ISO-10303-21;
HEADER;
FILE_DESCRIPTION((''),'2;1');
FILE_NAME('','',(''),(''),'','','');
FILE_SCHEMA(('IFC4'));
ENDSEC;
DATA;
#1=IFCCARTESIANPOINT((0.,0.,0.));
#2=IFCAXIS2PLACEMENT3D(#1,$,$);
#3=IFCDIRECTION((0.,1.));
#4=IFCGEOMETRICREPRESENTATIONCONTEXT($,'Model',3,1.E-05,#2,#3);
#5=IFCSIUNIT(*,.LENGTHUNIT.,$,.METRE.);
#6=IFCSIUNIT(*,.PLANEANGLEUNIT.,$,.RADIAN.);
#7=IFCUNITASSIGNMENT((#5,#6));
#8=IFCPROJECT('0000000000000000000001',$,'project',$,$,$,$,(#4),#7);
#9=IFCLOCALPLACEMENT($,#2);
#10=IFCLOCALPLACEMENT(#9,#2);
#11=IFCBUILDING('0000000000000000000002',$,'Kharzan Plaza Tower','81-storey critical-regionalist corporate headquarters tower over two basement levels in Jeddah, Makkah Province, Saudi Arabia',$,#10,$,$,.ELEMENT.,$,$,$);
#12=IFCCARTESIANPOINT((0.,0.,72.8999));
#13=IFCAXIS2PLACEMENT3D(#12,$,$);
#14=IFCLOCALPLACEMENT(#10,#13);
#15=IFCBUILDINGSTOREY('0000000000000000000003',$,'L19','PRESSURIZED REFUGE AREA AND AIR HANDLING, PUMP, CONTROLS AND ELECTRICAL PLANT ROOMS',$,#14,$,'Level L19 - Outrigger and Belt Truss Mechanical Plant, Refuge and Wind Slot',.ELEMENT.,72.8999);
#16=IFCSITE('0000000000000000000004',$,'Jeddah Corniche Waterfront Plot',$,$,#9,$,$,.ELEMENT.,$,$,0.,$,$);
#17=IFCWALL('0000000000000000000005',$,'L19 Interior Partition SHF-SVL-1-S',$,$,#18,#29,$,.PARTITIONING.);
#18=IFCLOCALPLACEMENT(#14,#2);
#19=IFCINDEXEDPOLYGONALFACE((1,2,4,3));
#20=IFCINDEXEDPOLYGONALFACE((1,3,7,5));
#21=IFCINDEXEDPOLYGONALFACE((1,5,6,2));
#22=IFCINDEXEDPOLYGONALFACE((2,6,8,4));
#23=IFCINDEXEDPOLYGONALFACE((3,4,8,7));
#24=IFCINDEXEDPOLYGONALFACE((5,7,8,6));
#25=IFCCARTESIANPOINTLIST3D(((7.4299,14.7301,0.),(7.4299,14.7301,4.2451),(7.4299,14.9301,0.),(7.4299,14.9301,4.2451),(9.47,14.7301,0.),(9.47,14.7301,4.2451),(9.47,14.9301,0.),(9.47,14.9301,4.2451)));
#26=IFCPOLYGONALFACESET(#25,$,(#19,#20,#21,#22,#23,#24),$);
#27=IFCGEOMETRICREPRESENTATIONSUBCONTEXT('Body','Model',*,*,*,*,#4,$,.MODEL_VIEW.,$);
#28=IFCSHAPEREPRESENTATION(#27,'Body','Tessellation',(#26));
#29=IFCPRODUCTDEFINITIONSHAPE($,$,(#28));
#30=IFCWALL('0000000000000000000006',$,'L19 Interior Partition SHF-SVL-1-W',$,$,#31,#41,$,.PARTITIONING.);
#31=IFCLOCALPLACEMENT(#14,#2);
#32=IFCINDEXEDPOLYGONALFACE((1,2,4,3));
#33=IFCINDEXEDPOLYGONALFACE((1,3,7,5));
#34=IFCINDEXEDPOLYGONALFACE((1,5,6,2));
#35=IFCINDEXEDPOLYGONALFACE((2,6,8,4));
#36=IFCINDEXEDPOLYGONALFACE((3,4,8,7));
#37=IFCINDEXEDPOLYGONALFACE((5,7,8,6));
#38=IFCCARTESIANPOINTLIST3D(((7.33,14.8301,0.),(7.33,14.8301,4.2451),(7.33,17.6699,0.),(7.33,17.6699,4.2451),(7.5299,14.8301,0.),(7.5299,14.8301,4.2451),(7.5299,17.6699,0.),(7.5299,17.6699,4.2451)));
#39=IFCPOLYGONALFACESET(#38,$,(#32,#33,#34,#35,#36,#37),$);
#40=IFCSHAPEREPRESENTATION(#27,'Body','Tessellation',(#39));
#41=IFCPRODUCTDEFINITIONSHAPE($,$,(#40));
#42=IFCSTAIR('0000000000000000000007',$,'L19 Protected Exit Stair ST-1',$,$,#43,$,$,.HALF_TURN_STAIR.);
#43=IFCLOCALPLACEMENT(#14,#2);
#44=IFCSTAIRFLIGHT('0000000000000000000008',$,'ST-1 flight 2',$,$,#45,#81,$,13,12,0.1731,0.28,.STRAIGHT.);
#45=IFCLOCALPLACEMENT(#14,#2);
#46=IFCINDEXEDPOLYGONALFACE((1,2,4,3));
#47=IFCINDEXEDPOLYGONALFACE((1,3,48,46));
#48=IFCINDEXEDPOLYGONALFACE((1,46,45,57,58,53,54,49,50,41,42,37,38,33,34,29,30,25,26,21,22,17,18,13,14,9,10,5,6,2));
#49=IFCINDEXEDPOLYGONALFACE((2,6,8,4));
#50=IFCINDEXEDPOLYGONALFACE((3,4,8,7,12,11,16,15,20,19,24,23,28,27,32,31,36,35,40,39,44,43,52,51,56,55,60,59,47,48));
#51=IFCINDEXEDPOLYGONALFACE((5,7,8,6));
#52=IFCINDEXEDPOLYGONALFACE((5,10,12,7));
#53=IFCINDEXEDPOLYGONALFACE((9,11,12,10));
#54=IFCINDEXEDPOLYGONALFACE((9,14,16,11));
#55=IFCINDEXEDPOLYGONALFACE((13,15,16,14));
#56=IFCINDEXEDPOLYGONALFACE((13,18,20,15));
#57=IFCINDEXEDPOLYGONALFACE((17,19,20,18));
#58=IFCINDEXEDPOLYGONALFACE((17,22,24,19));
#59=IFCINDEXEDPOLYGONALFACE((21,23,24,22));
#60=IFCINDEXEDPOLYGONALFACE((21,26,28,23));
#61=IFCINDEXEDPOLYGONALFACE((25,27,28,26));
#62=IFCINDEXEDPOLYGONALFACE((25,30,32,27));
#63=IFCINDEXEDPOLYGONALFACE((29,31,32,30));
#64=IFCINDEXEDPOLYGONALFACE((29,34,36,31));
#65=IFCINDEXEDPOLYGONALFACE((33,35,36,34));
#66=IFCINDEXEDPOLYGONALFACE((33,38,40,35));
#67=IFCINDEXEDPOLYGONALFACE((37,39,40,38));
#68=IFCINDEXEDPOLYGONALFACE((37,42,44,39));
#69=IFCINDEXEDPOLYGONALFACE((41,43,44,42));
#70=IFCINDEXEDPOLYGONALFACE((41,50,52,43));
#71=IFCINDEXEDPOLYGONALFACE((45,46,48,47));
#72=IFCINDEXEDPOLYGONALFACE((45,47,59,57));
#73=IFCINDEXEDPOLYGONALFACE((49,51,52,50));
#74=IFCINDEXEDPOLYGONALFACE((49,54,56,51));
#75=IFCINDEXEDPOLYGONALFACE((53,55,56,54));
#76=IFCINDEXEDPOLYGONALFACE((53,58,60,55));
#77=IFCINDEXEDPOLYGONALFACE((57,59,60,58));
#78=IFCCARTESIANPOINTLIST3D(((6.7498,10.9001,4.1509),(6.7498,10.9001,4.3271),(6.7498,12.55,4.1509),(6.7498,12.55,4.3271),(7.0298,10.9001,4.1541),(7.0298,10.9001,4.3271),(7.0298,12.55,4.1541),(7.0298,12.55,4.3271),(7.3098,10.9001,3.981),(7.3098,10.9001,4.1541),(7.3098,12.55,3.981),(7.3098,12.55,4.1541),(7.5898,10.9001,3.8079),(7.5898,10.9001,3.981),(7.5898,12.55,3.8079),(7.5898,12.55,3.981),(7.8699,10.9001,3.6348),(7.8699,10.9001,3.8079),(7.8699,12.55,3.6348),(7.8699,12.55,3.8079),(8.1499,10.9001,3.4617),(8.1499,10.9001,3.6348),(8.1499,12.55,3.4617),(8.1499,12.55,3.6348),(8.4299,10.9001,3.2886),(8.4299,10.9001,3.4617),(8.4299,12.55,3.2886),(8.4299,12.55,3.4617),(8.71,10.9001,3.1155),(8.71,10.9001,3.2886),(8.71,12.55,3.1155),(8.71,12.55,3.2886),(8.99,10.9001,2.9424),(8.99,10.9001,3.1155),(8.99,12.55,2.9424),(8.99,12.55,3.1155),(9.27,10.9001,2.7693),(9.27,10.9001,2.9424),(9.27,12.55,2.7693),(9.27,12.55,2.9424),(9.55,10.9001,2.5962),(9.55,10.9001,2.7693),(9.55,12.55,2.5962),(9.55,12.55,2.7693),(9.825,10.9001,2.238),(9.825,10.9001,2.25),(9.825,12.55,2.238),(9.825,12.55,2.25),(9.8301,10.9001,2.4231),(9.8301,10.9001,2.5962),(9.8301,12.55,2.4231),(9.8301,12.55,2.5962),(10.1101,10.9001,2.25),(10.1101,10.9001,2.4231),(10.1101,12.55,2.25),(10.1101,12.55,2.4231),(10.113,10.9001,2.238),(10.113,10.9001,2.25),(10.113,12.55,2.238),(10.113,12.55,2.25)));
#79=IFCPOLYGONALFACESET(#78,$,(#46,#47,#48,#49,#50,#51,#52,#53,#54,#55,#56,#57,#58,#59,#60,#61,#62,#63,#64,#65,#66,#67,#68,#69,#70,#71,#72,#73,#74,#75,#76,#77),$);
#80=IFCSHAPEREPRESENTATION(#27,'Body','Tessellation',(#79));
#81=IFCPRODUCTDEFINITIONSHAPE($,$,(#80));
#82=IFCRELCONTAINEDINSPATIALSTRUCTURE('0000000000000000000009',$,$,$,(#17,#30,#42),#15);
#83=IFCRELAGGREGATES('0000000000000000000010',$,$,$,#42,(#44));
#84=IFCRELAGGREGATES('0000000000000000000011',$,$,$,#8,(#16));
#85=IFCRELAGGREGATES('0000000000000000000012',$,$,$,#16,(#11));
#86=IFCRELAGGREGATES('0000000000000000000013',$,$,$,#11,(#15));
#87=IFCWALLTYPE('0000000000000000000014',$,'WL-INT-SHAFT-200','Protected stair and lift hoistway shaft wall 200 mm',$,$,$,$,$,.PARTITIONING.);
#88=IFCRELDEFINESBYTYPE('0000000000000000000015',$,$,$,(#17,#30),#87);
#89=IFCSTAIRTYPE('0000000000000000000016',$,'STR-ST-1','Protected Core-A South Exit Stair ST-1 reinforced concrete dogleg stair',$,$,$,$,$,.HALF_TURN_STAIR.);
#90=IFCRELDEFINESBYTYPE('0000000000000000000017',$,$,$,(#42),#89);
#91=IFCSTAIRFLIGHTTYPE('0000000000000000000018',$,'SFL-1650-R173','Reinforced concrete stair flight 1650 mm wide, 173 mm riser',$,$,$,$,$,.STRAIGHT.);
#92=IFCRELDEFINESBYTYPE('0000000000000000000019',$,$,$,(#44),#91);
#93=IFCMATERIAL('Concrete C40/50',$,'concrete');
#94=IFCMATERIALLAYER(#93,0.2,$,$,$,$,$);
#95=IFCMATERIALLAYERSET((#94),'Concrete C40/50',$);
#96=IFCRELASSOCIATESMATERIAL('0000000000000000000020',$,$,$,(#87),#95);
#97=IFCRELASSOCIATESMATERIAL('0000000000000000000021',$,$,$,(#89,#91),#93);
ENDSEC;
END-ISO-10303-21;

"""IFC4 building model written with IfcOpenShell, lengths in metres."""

from ifc_helpers import new_model, si_unit, direction, frame, frame_2d, origin, place, context, subcontext, project, spatial, polyline, rectangle, outline, extrude, source, transform, mapped, material, layer, layer_set, type_object, element, aggregate, save


model = new_model("IFC4")

# Units and contexts
model_context = context("Model", 3, precision=1e-05, world=origin(), true_north=direction((0.0, 1.0)))
body_context = subcontext(model_context, "Body", "Model", "MODEL_VIEW")
ifc_project = project(units=[si_unit("LENGTHUNIT", "METRE"), si_unit("PLANEANGLEUNIT", "RADIAN")], contexts=[model_context])

# Site, building, storey
site_placement = place(None, origin())
site = spatial("IfcSite", under=ifc_project, at=site_placement, Name="Jeddah Corniche Waterfront Plot", CompositionType="ELEMENT", RefElevation=0.0)
building_placement = place(site_placement, origin())
building = spatial("IfcBuilding", under=site, at=building_placement, Name="Kharzan Plaza Tower", Description="81-storey critical-regionalist corporate headquarters tower over two basement levels in Jeddah, Makkah Province, Saudi Arabia", CompositionType="ELEMENT")
storey_placement = place(building_placement, frame((0.0, 0.0, 72.8999)))
storey = spatial("IfcBuildingStorey", under=building, at=storey_placement, Name="L19", Description="PRESSURIZED REFUGE AREA AND AIR HANDLING, PUMP, CONTROLS AND ELECTRICAL PLANT ROOMS", LongName="Level L19 - Outrigger and Belt Truss Mechanical Plant, Refuge and Wind Slot", CompositionType="ELEMENT", Elevation=72.8999)

# Shared definitions
ifc_material_1 = material(Name="Concrete C40/50", Category="concrete")
ifc_layer_1 = layer(ifc_material_1, 0.2)
ifc_layer_set_1 = layer_set([ifc_layer_1], Name="Concrete C40/50")
wall_type_1 = type_object("IfcWallType", Name="WL-INT-SHAFT-200", Description="Protected stair and lift hoistway shaft wall 200 mm", PredefinedType="PARTITIONING", material=ifc_layer_set_1)

# Walls
shared_shape_1 = source(origin(), body_context, "Body", "SweptSolid", [
    extrude(rectangle(XDim=2.04, YDim=0.2, at=frame_2d((1.02, 0.0))), origin(), (0.0, 0.0, 1.0), 4.2451),
])
for number, where, z_axis, x_axis, name in (
    (1, (7.4299, 14.8301, 0.0), (0.0, 0.0, 1.0), (1.0, 0.0, 0.0), "L19 Interior Partition SHF-SVL-1-S"),
):
    element("IfcWall", number, at=place(storey_placement, frame(where, z_axis=z_axis, x_axis=x_axis)), inside=storey, type_object=wall_type_1, Name=name, PredefinedType="PARTITIONING", context=body_context, shape_type="MappedRepresentation", body=[
        mapped(shared_shape_1, transform((0.0, 0.0, 0.0), x_axis=(1.0, 0.0, 0.0), y_axis=(0.0, 1.0, 0.0), z_axis=(0.0, 0.0, 1.0))),
    ])
shared_shape_2 = source(origin(), body_context, "Body", "SweptSolid", [
    extrude(rectangle(XDim=2.8398, YDim=0.2, at=frame_2d((1.4199, 0.0))), origin(), (0.0, 0.0, 1.0), 4.2451),
])
wall_1_placement = place(storey_placement, frame((7.4299, 14.8301, 0.0), z_axis=(0.0, 0.0, 1.0), x_axis=(0.0, 1.0, 0.0)))
element("IfcWall", 2, at=wall_1_placement, inside=storey, type_object=wall_type_1, Name="L19 Interior Partition SHF-SVL-1-W", PredefinedType="PARTITIONING", context=body_context, shape_type="MappedRepresentation", body=[
    mapped(shared_shape_2, transform((0.0, 0.0, 0.0), x_axis=(1.0, 0.0, 0.0), y_axis=(0.0, 1.0, 0.0), z_axis=(0.0, 0.0, 1.0))),
])

# Stair, stair flight
stair_type = type_object("IfcStairType", Name="STR-ST-1", Description="Protected Core-A South Exit Stair ST-1 reinforced concrete dogleg stair", PredefinedType="HALF_TURN_STAIR", material=ifc_material_1)
stair_placement = place(storey_placement, origin())
stair = element("IfcStair", 3, at=stair_placement, inside=storey, type_object=stair_type, Name="L19 Protected Exit Stair ST-1", PredefinedType="HALF_TURN_STAIR")
stair_flight_type = type_object("IfcStairFlightType", Name="SFL-1650-R173", Description="Reinforced concrete stair flight 1650 mm wide, 173 mm riser", PredefinedType="STRAIGHT", material=ifc_material_1)
shared_shape_3 = source(origin(), body_context, "Body", "SweptSolid", [
    extrude(outline(polyline([(-0.0029, -0.012), (-0.0029, 0.0), (0.0, 0.0), (0.0, 0.1731), (0.28, 0.1731), (0.28, 0.3462), (0.5601, 0.3462), (0.5601, 0.5193), (0.8401, 0.5193), (0.8401, 0.6924), (1.1201, 0.6924), (1.1201, 0.8655), (1.4001, 0.8655), (1.4001, 1.0386), (1.6802, 1.0386), (1.6802, 1.2117), (1.9602, 1.2117), (1.9602, 1.3848), (2.2402, 1.3848), (2.2402, 1.5579), (2.5203, 1.5579), (2.5203, 1.731), (2.8003, 1.731), (2.8003, 1.9041), (3.0803, 1.9041), (3.0803, 2.0771), (3.3604, 2.0771), (3.3604, 2.2502), (3.3604, 1.9009), (0.2852, 0.0), (0.2852, -0.012), (-0.0029, -0.012)])), frame((0.0, 0.825, 0.0), z_axis=(0.0, -1.0, 0.0), x_axis=(1.0, 0.0, 0.0)), (0.0, 0.0, 1.0), 1.6499),
])
stair_flight_placement = place(storey_placement, frame((10.1101, 11.7251, 2.25), z_axis=(0.0, 0.0, 1.0), x_axis=(-1.0, 0.0, 0.0)))
stair_flight = element("IfcStairFlight", 4, at=stair_flight_placement, type_object=stair_flight_type, Name="ST-1 flight 2", NumberOfRisers=13, NumberOfTreads=12, PredefinedType="STRAIGHT", RiserHeight=0.1731, TreadLength=0.28, context=body_context, shape_type="MappedRepresentation", body=[
    mapped(shared_shape_3, transform((0.0, 0.0, 0.0), x_axis=(1.0, 0.0, 0.0), y_axis=(0.0, 1.0, 0.0), z_axis=(0.0, 0.0, 1.0))),
])
aggregate(stair, [stair_flight])

save(model, "model.ifc")
